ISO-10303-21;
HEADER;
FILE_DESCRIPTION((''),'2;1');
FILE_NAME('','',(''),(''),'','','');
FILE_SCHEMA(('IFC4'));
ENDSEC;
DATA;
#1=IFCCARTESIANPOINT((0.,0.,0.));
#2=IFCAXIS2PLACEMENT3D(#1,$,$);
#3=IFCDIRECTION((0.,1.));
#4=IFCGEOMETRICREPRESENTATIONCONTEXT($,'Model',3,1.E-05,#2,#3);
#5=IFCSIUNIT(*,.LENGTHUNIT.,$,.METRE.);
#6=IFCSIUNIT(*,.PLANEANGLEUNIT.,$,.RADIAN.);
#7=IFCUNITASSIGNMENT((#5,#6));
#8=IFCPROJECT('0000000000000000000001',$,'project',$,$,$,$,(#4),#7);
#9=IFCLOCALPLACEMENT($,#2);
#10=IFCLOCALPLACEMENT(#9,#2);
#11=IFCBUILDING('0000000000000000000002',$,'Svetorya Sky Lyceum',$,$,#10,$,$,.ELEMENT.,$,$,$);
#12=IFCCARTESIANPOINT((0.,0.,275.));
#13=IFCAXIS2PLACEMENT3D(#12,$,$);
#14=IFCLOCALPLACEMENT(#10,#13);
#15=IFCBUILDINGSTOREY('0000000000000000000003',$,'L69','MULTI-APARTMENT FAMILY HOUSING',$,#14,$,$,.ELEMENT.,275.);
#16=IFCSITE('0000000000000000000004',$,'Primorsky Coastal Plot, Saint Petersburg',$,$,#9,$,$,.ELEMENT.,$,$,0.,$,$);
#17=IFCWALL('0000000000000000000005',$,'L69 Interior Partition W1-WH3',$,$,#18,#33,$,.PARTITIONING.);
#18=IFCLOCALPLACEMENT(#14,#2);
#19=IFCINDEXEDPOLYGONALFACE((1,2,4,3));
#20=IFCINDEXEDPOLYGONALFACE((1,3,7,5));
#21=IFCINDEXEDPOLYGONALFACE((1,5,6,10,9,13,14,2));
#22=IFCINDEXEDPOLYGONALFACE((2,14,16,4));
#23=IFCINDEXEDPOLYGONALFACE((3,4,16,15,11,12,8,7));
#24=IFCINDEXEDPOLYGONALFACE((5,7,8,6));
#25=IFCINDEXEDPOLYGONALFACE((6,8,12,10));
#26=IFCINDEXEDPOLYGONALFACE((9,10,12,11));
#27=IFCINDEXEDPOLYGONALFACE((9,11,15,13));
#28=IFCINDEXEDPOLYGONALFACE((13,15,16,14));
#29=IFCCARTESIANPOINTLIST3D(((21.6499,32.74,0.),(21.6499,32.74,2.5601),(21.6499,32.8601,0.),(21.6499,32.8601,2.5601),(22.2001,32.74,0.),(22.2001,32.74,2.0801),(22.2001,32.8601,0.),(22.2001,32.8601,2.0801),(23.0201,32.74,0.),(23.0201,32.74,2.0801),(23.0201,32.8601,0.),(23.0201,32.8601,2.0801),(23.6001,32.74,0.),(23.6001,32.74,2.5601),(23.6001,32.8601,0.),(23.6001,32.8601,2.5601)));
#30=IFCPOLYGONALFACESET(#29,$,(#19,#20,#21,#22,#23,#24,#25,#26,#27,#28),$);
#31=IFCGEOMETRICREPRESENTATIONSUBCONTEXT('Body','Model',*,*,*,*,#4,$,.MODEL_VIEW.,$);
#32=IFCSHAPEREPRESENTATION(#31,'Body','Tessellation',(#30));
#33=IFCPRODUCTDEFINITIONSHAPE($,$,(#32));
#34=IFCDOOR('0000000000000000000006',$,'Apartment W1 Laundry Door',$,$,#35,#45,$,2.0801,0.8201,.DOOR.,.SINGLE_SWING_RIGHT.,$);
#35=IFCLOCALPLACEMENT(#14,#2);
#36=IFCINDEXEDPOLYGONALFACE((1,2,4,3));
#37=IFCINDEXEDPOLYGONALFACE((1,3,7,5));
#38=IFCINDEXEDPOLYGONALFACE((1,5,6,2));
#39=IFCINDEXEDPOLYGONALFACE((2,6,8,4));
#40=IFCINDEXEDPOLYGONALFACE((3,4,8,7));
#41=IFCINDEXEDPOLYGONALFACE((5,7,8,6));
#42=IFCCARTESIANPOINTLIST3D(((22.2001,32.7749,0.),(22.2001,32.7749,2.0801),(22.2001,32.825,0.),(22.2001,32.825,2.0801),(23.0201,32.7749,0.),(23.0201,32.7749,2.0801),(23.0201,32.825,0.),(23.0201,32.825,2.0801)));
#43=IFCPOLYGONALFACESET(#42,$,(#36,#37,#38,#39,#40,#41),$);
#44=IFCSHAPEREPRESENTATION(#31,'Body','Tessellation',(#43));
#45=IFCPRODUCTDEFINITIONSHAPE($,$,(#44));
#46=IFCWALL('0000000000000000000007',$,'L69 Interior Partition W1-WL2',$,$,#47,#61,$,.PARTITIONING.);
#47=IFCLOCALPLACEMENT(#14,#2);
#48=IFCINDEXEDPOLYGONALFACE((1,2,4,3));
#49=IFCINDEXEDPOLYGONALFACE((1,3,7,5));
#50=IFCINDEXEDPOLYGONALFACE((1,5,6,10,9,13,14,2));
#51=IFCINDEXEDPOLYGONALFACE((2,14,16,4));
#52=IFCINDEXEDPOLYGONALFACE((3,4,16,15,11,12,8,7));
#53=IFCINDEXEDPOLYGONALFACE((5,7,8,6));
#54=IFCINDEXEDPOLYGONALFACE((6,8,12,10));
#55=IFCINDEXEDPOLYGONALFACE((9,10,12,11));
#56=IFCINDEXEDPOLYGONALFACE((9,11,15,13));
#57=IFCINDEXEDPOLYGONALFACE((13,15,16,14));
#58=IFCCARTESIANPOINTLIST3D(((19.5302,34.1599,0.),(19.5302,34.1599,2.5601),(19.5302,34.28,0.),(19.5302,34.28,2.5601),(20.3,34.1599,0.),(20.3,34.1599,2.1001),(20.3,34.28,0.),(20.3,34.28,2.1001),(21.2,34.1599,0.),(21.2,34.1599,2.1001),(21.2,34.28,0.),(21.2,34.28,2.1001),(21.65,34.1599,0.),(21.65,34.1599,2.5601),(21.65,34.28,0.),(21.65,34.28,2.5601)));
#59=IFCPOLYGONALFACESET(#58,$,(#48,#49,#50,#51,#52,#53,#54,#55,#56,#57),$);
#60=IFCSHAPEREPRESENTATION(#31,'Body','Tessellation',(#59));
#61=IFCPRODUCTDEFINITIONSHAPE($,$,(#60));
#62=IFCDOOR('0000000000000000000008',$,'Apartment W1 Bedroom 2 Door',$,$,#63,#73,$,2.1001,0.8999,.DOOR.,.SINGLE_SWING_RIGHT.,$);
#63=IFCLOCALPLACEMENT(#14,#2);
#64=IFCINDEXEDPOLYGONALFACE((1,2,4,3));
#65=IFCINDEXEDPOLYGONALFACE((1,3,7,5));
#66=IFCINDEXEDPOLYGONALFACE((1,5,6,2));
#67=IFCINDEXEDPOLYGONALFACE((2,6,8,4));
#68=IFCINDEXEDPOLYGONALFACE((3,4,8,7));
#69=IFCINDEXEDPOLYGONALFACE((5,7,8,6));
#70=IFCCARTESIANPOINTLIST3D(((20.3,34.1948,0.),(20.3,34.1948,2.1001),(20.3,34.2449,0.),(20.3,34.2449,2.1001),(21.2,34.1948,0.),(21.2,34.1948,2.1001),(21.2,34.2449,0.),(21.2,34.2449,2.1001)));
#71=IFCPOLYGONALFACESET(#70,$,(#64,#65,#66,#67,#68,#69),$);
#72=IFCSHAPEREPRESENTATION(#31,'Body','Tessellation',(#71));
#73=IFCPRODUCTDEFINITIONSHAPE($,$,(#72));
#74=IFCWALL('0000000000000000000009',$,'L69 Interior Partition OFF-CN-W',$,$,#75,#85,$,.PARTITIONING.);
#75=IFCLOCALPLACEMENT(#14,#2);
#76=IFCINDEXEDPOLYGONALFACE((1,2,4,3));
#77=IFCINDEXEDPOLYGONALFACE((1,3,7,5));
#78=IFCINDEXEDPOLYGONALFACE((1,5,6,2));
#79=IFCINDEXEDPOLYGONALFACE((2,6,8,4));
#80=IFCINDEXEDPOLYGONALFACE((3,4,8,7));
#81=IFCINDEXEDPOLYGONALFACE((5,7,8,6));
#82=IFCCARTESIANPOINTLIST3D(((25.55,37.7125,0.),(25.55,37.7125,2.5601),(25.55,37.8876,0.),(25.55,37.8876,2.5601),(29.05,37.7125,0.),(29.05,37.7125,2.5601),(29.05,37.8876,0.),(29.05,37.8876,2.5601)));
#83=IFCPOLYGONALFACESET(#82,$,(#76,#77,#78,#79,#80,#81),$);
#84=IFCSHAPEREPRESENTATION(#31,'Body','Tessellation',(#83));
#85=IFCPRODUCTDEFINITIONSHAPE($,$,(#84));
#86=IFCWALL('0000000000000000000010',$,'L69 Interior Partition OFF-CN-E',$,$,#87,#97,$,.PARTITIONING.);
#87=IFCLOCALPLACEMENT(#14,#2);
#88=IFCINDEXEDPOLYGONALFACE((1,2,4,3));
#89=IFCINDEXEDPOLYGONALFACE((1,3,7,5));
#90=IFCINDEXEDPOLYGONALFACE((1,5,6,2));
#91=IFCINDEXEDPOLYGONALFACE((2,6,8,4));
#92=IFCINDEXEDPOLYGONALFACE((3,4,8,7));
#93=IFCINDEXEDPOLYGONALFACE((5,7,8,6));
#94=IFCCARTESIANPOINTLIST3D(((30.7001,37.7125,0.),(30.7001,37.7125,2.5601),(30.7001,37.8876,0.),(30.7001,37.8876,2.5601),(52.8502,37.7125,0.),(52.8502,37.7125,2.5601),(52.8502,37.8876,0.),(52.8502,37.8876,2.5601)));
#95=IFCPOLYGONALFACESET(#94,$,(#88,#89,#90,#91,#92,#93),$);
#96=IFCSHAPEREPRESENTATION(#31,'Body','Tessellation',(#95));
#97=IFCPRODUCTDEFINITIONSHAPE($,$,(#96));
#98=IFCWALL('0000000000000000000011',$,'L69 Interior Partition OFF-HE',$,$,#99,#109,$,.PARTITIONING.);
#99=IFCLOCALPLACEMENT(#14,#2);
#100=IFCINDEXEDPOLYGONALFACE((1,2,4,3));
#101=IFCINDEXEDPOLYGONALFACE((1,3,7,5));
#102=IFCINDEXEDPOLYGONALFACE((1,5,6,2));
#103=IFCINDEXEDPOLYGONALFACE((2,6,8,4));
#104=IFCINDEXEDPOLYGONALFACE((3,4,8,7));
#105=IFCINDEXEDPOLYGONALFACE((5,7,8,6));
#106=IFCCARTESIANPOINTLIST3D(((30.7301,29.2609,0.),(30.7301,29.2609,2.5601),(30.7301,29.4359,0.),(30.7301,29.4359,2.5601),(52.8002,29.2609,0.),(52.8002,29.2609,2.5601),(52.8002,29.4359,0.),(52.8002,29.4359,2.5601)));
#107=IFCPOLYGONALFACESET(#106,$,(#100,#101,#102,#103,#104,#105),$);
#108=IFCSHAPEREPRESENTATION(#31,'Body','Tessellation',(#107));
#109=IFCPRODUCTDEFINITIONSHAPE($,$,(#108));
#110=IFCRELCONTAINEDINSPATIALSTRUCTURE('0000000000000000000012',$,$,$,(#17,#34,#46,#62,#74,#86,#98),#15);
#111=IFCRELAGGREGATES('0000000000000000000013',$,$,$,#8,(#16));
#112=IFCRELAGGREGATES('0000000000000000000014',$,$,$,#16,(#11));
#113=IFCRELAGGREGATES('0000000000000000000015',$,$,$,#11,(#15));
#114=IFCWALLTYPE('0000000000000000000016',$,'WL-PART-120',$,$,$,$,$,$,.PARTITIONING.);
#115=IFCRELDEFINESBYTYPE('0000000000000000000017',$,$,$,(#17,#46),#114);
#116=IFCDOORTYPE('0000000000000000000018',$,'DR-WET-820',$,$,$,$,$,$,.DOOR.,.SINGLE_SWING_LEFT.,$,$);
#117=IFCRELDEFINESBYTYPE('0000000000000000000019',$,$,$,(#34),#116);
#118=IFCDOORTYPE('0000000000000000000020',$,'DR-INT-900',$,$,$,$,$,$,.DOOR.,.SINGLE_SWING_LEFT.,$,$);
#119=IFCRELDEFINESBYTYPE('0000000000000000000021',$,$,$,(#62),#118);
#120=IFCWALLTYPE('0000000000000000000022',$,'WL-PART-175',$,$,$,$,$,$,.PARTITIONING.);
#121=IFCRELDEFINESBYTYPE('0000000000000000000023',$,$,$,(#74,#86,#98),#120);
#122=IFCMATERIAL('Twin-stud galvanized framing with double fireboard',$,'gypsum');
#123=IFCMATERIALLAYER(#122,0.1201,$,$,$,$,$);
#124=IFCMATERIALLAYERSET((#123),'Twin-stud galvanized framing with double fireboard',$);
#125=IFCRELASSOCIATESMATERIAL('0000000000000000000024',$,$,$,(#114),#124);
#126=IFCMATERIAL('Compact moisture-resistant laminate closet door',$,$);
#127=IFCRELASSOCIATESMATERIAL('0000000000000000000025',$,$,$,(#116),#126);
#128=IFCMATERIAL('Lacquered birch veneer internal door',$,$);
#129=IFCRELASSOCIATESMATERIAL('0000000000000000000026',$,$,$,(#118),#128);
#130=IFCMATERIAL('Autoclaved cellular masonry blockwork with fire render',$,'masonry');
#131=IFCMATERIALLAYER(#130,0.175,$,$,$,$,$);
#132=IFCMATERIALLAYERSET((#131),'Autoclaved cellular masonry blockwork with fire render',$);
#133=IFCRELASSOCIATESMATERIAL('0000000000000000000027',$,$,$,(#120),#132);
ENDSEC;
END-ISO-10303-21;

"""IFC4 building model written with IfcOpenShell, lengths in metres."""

from ifc_helpers import new_model, si_unit, direction, frame, frame_2d, origin, place, context, subcontext, project, spatial, rectangle, extrude, material, layer, layer_set, type_object, element, fill, save


model = new_model("IFC4")

# Units and contexts
model_context = context("Model", 3, precision=1e-05, world=origin(), true_north=direction((0.0, 1.0)))
body_context = subcontext(model_context, "Body", "Model", "MODEL_VIEW")
ifc_project = project(units=[si_unit("LENGTHUNIT", "METRE"), si_unit("PLANEANGLEUNIT", "RADIAN")], contexts=[model_context])

# Site, building, storey
site_placement = place(None, origin())
site = spatial("IfcSite", under=ifc_project, at=site_placement, Name="Primorsky Coastal Plot, Saint Petersburg", CompositionType="ELEMENT", RefElevation=0.0)
building_placement = place(site_placement, origin())
building = spatial("IfcBuilding", under=site, at=building_placement, Name="Svetorya Sky Lyceum", CompositionType="ELEMENT")
storey_placement = place(building_placement, frame((0.0, 0.0, 275.0)))
storey = spatial("IfcBuildingStorey", under=building, at=storey_placement, Name="L69", Description="MULTI-APARTMENT FAMILY HOUSING", CompositionType="ELEMENT", Elevation=275.0)

# Walls, openings, doors
ifc_material_1 = material(Name="Twin-stud galvanized framing with double fireboard", Category="gypsum")
ifc_layer_1 = layer(ifc_material_1, 0.1201)
ifc_layer_set_1 = layer_set([ifc_layer_1], Name="Twin-stud galvanized framing with double fireboard")
wall_type_1 = type_object("IfcWallType", Name="WL-PART-120", PredefinedType="PARTITIONING", material=ifc_layer_set_1)
wall_1_placement = place(storey_placement, frame((21.6499, 32.8, 0.0), z_axis=(0.0, 0.0, 1.0), x_axis=(1.0, 0.0, 0.0)))
wall_1 = element("IfcWall", 1, at=wall_1_placement, inside=storey, type_object=wall_type_1, Name="L69 Interior Partition W1-WH3", PredefinedType="PARTITIONING", context=body_context, shape_type="SweptSolid", body=[
    extrude(rectangle(XDim=1.9502, YDim=0.1201, at=frame_2d((0.9751, 0.0))), origin(), (0.0, 0.0, 1.0), 2.5601),
])
opening_1_placement = place(wall_1_placement, frame((0.55, 0.0, 0.0)))
opening_1 = element("IfcOpeningElement", 2, at=opening_1_placement, cuts=wall_1, PredefinedType="OPENING", context=body_context, shape_type="SweptSolid", body=[
    extrude(rectangle(XDim=0.8201, YDim=2.0801, at=frame_2d((0.4102, 1.04))), frame((0.0, 0.0701, 0.0), z_axis=(0.0, -1.0, 0.0), x_axis=(1.0, 0.0, 0.0)), (0.0, 0.0, 1.0), 0.1401),
])
ifc_material_2 = material(Name="Compact moisture-resistant laminate closet door")
door_type_1 = type_object("IfcDoorType", Name="DR-WET-820", OperationType="SINGLE_SWING_LEFT", PredefinedType="DOOR", material=ifc_material_2)
door_1_placement = place(opening_1_placement, origin())
door_1 = element("IfcDoor", 3, at=door_1_placement, inside=storey, type_object=door_type_1, Name="Apartment W1 Laundry Door", OperationType="SINGLE_SWING_RIGHT", OverallHeight=2.0801, OverallWidth=0.8201, PredefinedType="DOOR", context=body_context, shape_type="SweptSolid", body=[
    extrude(rectangle(XDim=0.8201, YDim=2.0801, at=frame_2d((0.4102, 1.04))), frame((0.0, 0.0249, 0.0), z_axis=(0.0, -1.0, 0.0), x_axis=(1.0, 0.0, 0.0)), (0.0, 0.0, 1.0), 0.05),
])
fill(opening_1, door_1)
wall_2_placement = place(storey_placement, frame((19.53, 34.22, 0.0), z_axis=(0.0, 0.0, 1.0), x_axis=(1.0, 0.0, 0.0)))
wall_2 = element("IfcWall", 4, at=wall_2_placement, inside=storey, type_object=wall_type_1, Name="L69 Interior Partition W1-WL2", PredefinedType="PARTITIONING", context=body_context, shape_type="SweptSolid", body=[
    extrude(rectangle(XDim=2.1199, YDim=0.1201, at=frame_2d((1.0601, 0.0))), origin(), (0.0, 0.0, 1.0), 2.5601),
])
opening_2_placement = place(wall_2_placement, frame((0.77, 0.0, 0.0)))
opening_2 = element("IfcOpeningElement", 5, at=opening_2_placement, cuts=wall_2, PredefinedType="OPENING", context=body_context, shape_type="SweptSolid", body=[
    extrude(rectangle(XDim=0.8999, YDim=2.1001, at=frame_2d((0.45, 1.05))), frame((0.0, 0.0701, 0.0), z_axis=(0.0, -1.0, 0.0), x_axis=(1.0, 0.0, 0.0)), (0.0, 0.0, 1.0), 0.1401),
])
ifc_material_3 = material(Name="Lacquered birch veneer internal door")
door_type_2 = type_object("IfcDoorType", Name="DR-INT-900", OperationType="SINGLE_SWING_LEFT", PredefinedType="DOOR", material=ifc_material_3)
door_2_placement = place(opening_2_placement, origin())
door_2 = element("IfcDoor", 6, at=door_2_placement, inside=storey, type_object=door_type_2, Name="Apartment W1 Bedroom 2 Door", OperationType="SINGLE_SWING_RIGHT", OverallHeight=2.1001, OverallWidth=0.8999, PredefinedType="DOOR", context=body_context, shape_type="SweptSolid", body=[
    extrude(rectangle(XDim=0.8999, YDim=2.1001, at=frame_2d((0.45, 1.05))), frame((0.0, 0.0249, 0.0), z_axis=(0.0, -1.0, 0.0), x_axis=(1.0, 0.0, 0.0)), (0.0, 0.0, 1.0), 0.05),
])
fill(opening_2, door_2)

# Walls
ifc_material_4 = material(Name="Autoclaved cellular masonry blockwork with fire render", Category="masonry")
ifc_layer_2 = layer(ifc_material_4, 0.175)
ifc_layer_set_2 = layer_set([ifc_layer_2], Name="Autoclaved cellular masonry blockwork with fire render")
wall_type_2 = type_object("IfcWallType", Name="WL-PART-175", PredefinedType="PARTITIONING", material=ifc_layer_set_2)
wall_3_placement = place(storey_placement, frame((25.55, 37.8, 0.0), z_axis=(0.0, 0.0, 1.0), x_axis=(1.0, 0.0, 0.0)))
element("IfcWall", 7, at=wall_3_placement, inside=storey, type_object=wall_type_2, Name="L69 Interior Partition OFF-CN-W", PredefinedType="PARTITIONING", context=body_context, shape_type="SweptSolid", body=[
    extrude(rectangle(XDim=3.5, YDim=0.175, at=frame_2d((1.75, 0.0))), origin(), (0.0, 0.0, 1.0), 2.5601),
])
wall_4_placement = place(storey_placement, frame((30.7, 37.8, 0.0), z_axis=(0.0, 0.0, 1.0), x_axis=(1.0, 0.0, 0.0)))
element("IfcWall", 8, at=wall_4_placement, inside=storey, type_object=wall_type_2, Name="L69 Interior Partition OFF-CN-E", PredefinedType="PARTITIONING", context=body_context, shape_type="SweptSolid", body=[
    extrude(rectangle(XDim=22.1501, YDim=0.175, at=frame_2d((11.0752, 0.0))), origin(), (0.0, 0.0, 1.0), 2.5601),
])
wall_5_placement = place(storey_placement, frame((30.73, 29.3484, 0.0), z_axis=(0.0, 0.0, 1.0), x_axis=(1.0, 0.0, 0.0)))
element("IfcWall", 9, at=wall_5_placement, inside=storey, type_object=wall_type_2, Name="L69 Interior Partition OFF-HE", PredefinedType="PARTITIONING", context=body_context, shape_type="SweptSolid", body=[
    extrude(rectangle(XDim=22.0701, YDim=0.175, at=frame_2d((11.0352, 0.0))), origin(), (0.0, 0.0, 1.0), 2.5601),
])

save(model, "model.ifc")
